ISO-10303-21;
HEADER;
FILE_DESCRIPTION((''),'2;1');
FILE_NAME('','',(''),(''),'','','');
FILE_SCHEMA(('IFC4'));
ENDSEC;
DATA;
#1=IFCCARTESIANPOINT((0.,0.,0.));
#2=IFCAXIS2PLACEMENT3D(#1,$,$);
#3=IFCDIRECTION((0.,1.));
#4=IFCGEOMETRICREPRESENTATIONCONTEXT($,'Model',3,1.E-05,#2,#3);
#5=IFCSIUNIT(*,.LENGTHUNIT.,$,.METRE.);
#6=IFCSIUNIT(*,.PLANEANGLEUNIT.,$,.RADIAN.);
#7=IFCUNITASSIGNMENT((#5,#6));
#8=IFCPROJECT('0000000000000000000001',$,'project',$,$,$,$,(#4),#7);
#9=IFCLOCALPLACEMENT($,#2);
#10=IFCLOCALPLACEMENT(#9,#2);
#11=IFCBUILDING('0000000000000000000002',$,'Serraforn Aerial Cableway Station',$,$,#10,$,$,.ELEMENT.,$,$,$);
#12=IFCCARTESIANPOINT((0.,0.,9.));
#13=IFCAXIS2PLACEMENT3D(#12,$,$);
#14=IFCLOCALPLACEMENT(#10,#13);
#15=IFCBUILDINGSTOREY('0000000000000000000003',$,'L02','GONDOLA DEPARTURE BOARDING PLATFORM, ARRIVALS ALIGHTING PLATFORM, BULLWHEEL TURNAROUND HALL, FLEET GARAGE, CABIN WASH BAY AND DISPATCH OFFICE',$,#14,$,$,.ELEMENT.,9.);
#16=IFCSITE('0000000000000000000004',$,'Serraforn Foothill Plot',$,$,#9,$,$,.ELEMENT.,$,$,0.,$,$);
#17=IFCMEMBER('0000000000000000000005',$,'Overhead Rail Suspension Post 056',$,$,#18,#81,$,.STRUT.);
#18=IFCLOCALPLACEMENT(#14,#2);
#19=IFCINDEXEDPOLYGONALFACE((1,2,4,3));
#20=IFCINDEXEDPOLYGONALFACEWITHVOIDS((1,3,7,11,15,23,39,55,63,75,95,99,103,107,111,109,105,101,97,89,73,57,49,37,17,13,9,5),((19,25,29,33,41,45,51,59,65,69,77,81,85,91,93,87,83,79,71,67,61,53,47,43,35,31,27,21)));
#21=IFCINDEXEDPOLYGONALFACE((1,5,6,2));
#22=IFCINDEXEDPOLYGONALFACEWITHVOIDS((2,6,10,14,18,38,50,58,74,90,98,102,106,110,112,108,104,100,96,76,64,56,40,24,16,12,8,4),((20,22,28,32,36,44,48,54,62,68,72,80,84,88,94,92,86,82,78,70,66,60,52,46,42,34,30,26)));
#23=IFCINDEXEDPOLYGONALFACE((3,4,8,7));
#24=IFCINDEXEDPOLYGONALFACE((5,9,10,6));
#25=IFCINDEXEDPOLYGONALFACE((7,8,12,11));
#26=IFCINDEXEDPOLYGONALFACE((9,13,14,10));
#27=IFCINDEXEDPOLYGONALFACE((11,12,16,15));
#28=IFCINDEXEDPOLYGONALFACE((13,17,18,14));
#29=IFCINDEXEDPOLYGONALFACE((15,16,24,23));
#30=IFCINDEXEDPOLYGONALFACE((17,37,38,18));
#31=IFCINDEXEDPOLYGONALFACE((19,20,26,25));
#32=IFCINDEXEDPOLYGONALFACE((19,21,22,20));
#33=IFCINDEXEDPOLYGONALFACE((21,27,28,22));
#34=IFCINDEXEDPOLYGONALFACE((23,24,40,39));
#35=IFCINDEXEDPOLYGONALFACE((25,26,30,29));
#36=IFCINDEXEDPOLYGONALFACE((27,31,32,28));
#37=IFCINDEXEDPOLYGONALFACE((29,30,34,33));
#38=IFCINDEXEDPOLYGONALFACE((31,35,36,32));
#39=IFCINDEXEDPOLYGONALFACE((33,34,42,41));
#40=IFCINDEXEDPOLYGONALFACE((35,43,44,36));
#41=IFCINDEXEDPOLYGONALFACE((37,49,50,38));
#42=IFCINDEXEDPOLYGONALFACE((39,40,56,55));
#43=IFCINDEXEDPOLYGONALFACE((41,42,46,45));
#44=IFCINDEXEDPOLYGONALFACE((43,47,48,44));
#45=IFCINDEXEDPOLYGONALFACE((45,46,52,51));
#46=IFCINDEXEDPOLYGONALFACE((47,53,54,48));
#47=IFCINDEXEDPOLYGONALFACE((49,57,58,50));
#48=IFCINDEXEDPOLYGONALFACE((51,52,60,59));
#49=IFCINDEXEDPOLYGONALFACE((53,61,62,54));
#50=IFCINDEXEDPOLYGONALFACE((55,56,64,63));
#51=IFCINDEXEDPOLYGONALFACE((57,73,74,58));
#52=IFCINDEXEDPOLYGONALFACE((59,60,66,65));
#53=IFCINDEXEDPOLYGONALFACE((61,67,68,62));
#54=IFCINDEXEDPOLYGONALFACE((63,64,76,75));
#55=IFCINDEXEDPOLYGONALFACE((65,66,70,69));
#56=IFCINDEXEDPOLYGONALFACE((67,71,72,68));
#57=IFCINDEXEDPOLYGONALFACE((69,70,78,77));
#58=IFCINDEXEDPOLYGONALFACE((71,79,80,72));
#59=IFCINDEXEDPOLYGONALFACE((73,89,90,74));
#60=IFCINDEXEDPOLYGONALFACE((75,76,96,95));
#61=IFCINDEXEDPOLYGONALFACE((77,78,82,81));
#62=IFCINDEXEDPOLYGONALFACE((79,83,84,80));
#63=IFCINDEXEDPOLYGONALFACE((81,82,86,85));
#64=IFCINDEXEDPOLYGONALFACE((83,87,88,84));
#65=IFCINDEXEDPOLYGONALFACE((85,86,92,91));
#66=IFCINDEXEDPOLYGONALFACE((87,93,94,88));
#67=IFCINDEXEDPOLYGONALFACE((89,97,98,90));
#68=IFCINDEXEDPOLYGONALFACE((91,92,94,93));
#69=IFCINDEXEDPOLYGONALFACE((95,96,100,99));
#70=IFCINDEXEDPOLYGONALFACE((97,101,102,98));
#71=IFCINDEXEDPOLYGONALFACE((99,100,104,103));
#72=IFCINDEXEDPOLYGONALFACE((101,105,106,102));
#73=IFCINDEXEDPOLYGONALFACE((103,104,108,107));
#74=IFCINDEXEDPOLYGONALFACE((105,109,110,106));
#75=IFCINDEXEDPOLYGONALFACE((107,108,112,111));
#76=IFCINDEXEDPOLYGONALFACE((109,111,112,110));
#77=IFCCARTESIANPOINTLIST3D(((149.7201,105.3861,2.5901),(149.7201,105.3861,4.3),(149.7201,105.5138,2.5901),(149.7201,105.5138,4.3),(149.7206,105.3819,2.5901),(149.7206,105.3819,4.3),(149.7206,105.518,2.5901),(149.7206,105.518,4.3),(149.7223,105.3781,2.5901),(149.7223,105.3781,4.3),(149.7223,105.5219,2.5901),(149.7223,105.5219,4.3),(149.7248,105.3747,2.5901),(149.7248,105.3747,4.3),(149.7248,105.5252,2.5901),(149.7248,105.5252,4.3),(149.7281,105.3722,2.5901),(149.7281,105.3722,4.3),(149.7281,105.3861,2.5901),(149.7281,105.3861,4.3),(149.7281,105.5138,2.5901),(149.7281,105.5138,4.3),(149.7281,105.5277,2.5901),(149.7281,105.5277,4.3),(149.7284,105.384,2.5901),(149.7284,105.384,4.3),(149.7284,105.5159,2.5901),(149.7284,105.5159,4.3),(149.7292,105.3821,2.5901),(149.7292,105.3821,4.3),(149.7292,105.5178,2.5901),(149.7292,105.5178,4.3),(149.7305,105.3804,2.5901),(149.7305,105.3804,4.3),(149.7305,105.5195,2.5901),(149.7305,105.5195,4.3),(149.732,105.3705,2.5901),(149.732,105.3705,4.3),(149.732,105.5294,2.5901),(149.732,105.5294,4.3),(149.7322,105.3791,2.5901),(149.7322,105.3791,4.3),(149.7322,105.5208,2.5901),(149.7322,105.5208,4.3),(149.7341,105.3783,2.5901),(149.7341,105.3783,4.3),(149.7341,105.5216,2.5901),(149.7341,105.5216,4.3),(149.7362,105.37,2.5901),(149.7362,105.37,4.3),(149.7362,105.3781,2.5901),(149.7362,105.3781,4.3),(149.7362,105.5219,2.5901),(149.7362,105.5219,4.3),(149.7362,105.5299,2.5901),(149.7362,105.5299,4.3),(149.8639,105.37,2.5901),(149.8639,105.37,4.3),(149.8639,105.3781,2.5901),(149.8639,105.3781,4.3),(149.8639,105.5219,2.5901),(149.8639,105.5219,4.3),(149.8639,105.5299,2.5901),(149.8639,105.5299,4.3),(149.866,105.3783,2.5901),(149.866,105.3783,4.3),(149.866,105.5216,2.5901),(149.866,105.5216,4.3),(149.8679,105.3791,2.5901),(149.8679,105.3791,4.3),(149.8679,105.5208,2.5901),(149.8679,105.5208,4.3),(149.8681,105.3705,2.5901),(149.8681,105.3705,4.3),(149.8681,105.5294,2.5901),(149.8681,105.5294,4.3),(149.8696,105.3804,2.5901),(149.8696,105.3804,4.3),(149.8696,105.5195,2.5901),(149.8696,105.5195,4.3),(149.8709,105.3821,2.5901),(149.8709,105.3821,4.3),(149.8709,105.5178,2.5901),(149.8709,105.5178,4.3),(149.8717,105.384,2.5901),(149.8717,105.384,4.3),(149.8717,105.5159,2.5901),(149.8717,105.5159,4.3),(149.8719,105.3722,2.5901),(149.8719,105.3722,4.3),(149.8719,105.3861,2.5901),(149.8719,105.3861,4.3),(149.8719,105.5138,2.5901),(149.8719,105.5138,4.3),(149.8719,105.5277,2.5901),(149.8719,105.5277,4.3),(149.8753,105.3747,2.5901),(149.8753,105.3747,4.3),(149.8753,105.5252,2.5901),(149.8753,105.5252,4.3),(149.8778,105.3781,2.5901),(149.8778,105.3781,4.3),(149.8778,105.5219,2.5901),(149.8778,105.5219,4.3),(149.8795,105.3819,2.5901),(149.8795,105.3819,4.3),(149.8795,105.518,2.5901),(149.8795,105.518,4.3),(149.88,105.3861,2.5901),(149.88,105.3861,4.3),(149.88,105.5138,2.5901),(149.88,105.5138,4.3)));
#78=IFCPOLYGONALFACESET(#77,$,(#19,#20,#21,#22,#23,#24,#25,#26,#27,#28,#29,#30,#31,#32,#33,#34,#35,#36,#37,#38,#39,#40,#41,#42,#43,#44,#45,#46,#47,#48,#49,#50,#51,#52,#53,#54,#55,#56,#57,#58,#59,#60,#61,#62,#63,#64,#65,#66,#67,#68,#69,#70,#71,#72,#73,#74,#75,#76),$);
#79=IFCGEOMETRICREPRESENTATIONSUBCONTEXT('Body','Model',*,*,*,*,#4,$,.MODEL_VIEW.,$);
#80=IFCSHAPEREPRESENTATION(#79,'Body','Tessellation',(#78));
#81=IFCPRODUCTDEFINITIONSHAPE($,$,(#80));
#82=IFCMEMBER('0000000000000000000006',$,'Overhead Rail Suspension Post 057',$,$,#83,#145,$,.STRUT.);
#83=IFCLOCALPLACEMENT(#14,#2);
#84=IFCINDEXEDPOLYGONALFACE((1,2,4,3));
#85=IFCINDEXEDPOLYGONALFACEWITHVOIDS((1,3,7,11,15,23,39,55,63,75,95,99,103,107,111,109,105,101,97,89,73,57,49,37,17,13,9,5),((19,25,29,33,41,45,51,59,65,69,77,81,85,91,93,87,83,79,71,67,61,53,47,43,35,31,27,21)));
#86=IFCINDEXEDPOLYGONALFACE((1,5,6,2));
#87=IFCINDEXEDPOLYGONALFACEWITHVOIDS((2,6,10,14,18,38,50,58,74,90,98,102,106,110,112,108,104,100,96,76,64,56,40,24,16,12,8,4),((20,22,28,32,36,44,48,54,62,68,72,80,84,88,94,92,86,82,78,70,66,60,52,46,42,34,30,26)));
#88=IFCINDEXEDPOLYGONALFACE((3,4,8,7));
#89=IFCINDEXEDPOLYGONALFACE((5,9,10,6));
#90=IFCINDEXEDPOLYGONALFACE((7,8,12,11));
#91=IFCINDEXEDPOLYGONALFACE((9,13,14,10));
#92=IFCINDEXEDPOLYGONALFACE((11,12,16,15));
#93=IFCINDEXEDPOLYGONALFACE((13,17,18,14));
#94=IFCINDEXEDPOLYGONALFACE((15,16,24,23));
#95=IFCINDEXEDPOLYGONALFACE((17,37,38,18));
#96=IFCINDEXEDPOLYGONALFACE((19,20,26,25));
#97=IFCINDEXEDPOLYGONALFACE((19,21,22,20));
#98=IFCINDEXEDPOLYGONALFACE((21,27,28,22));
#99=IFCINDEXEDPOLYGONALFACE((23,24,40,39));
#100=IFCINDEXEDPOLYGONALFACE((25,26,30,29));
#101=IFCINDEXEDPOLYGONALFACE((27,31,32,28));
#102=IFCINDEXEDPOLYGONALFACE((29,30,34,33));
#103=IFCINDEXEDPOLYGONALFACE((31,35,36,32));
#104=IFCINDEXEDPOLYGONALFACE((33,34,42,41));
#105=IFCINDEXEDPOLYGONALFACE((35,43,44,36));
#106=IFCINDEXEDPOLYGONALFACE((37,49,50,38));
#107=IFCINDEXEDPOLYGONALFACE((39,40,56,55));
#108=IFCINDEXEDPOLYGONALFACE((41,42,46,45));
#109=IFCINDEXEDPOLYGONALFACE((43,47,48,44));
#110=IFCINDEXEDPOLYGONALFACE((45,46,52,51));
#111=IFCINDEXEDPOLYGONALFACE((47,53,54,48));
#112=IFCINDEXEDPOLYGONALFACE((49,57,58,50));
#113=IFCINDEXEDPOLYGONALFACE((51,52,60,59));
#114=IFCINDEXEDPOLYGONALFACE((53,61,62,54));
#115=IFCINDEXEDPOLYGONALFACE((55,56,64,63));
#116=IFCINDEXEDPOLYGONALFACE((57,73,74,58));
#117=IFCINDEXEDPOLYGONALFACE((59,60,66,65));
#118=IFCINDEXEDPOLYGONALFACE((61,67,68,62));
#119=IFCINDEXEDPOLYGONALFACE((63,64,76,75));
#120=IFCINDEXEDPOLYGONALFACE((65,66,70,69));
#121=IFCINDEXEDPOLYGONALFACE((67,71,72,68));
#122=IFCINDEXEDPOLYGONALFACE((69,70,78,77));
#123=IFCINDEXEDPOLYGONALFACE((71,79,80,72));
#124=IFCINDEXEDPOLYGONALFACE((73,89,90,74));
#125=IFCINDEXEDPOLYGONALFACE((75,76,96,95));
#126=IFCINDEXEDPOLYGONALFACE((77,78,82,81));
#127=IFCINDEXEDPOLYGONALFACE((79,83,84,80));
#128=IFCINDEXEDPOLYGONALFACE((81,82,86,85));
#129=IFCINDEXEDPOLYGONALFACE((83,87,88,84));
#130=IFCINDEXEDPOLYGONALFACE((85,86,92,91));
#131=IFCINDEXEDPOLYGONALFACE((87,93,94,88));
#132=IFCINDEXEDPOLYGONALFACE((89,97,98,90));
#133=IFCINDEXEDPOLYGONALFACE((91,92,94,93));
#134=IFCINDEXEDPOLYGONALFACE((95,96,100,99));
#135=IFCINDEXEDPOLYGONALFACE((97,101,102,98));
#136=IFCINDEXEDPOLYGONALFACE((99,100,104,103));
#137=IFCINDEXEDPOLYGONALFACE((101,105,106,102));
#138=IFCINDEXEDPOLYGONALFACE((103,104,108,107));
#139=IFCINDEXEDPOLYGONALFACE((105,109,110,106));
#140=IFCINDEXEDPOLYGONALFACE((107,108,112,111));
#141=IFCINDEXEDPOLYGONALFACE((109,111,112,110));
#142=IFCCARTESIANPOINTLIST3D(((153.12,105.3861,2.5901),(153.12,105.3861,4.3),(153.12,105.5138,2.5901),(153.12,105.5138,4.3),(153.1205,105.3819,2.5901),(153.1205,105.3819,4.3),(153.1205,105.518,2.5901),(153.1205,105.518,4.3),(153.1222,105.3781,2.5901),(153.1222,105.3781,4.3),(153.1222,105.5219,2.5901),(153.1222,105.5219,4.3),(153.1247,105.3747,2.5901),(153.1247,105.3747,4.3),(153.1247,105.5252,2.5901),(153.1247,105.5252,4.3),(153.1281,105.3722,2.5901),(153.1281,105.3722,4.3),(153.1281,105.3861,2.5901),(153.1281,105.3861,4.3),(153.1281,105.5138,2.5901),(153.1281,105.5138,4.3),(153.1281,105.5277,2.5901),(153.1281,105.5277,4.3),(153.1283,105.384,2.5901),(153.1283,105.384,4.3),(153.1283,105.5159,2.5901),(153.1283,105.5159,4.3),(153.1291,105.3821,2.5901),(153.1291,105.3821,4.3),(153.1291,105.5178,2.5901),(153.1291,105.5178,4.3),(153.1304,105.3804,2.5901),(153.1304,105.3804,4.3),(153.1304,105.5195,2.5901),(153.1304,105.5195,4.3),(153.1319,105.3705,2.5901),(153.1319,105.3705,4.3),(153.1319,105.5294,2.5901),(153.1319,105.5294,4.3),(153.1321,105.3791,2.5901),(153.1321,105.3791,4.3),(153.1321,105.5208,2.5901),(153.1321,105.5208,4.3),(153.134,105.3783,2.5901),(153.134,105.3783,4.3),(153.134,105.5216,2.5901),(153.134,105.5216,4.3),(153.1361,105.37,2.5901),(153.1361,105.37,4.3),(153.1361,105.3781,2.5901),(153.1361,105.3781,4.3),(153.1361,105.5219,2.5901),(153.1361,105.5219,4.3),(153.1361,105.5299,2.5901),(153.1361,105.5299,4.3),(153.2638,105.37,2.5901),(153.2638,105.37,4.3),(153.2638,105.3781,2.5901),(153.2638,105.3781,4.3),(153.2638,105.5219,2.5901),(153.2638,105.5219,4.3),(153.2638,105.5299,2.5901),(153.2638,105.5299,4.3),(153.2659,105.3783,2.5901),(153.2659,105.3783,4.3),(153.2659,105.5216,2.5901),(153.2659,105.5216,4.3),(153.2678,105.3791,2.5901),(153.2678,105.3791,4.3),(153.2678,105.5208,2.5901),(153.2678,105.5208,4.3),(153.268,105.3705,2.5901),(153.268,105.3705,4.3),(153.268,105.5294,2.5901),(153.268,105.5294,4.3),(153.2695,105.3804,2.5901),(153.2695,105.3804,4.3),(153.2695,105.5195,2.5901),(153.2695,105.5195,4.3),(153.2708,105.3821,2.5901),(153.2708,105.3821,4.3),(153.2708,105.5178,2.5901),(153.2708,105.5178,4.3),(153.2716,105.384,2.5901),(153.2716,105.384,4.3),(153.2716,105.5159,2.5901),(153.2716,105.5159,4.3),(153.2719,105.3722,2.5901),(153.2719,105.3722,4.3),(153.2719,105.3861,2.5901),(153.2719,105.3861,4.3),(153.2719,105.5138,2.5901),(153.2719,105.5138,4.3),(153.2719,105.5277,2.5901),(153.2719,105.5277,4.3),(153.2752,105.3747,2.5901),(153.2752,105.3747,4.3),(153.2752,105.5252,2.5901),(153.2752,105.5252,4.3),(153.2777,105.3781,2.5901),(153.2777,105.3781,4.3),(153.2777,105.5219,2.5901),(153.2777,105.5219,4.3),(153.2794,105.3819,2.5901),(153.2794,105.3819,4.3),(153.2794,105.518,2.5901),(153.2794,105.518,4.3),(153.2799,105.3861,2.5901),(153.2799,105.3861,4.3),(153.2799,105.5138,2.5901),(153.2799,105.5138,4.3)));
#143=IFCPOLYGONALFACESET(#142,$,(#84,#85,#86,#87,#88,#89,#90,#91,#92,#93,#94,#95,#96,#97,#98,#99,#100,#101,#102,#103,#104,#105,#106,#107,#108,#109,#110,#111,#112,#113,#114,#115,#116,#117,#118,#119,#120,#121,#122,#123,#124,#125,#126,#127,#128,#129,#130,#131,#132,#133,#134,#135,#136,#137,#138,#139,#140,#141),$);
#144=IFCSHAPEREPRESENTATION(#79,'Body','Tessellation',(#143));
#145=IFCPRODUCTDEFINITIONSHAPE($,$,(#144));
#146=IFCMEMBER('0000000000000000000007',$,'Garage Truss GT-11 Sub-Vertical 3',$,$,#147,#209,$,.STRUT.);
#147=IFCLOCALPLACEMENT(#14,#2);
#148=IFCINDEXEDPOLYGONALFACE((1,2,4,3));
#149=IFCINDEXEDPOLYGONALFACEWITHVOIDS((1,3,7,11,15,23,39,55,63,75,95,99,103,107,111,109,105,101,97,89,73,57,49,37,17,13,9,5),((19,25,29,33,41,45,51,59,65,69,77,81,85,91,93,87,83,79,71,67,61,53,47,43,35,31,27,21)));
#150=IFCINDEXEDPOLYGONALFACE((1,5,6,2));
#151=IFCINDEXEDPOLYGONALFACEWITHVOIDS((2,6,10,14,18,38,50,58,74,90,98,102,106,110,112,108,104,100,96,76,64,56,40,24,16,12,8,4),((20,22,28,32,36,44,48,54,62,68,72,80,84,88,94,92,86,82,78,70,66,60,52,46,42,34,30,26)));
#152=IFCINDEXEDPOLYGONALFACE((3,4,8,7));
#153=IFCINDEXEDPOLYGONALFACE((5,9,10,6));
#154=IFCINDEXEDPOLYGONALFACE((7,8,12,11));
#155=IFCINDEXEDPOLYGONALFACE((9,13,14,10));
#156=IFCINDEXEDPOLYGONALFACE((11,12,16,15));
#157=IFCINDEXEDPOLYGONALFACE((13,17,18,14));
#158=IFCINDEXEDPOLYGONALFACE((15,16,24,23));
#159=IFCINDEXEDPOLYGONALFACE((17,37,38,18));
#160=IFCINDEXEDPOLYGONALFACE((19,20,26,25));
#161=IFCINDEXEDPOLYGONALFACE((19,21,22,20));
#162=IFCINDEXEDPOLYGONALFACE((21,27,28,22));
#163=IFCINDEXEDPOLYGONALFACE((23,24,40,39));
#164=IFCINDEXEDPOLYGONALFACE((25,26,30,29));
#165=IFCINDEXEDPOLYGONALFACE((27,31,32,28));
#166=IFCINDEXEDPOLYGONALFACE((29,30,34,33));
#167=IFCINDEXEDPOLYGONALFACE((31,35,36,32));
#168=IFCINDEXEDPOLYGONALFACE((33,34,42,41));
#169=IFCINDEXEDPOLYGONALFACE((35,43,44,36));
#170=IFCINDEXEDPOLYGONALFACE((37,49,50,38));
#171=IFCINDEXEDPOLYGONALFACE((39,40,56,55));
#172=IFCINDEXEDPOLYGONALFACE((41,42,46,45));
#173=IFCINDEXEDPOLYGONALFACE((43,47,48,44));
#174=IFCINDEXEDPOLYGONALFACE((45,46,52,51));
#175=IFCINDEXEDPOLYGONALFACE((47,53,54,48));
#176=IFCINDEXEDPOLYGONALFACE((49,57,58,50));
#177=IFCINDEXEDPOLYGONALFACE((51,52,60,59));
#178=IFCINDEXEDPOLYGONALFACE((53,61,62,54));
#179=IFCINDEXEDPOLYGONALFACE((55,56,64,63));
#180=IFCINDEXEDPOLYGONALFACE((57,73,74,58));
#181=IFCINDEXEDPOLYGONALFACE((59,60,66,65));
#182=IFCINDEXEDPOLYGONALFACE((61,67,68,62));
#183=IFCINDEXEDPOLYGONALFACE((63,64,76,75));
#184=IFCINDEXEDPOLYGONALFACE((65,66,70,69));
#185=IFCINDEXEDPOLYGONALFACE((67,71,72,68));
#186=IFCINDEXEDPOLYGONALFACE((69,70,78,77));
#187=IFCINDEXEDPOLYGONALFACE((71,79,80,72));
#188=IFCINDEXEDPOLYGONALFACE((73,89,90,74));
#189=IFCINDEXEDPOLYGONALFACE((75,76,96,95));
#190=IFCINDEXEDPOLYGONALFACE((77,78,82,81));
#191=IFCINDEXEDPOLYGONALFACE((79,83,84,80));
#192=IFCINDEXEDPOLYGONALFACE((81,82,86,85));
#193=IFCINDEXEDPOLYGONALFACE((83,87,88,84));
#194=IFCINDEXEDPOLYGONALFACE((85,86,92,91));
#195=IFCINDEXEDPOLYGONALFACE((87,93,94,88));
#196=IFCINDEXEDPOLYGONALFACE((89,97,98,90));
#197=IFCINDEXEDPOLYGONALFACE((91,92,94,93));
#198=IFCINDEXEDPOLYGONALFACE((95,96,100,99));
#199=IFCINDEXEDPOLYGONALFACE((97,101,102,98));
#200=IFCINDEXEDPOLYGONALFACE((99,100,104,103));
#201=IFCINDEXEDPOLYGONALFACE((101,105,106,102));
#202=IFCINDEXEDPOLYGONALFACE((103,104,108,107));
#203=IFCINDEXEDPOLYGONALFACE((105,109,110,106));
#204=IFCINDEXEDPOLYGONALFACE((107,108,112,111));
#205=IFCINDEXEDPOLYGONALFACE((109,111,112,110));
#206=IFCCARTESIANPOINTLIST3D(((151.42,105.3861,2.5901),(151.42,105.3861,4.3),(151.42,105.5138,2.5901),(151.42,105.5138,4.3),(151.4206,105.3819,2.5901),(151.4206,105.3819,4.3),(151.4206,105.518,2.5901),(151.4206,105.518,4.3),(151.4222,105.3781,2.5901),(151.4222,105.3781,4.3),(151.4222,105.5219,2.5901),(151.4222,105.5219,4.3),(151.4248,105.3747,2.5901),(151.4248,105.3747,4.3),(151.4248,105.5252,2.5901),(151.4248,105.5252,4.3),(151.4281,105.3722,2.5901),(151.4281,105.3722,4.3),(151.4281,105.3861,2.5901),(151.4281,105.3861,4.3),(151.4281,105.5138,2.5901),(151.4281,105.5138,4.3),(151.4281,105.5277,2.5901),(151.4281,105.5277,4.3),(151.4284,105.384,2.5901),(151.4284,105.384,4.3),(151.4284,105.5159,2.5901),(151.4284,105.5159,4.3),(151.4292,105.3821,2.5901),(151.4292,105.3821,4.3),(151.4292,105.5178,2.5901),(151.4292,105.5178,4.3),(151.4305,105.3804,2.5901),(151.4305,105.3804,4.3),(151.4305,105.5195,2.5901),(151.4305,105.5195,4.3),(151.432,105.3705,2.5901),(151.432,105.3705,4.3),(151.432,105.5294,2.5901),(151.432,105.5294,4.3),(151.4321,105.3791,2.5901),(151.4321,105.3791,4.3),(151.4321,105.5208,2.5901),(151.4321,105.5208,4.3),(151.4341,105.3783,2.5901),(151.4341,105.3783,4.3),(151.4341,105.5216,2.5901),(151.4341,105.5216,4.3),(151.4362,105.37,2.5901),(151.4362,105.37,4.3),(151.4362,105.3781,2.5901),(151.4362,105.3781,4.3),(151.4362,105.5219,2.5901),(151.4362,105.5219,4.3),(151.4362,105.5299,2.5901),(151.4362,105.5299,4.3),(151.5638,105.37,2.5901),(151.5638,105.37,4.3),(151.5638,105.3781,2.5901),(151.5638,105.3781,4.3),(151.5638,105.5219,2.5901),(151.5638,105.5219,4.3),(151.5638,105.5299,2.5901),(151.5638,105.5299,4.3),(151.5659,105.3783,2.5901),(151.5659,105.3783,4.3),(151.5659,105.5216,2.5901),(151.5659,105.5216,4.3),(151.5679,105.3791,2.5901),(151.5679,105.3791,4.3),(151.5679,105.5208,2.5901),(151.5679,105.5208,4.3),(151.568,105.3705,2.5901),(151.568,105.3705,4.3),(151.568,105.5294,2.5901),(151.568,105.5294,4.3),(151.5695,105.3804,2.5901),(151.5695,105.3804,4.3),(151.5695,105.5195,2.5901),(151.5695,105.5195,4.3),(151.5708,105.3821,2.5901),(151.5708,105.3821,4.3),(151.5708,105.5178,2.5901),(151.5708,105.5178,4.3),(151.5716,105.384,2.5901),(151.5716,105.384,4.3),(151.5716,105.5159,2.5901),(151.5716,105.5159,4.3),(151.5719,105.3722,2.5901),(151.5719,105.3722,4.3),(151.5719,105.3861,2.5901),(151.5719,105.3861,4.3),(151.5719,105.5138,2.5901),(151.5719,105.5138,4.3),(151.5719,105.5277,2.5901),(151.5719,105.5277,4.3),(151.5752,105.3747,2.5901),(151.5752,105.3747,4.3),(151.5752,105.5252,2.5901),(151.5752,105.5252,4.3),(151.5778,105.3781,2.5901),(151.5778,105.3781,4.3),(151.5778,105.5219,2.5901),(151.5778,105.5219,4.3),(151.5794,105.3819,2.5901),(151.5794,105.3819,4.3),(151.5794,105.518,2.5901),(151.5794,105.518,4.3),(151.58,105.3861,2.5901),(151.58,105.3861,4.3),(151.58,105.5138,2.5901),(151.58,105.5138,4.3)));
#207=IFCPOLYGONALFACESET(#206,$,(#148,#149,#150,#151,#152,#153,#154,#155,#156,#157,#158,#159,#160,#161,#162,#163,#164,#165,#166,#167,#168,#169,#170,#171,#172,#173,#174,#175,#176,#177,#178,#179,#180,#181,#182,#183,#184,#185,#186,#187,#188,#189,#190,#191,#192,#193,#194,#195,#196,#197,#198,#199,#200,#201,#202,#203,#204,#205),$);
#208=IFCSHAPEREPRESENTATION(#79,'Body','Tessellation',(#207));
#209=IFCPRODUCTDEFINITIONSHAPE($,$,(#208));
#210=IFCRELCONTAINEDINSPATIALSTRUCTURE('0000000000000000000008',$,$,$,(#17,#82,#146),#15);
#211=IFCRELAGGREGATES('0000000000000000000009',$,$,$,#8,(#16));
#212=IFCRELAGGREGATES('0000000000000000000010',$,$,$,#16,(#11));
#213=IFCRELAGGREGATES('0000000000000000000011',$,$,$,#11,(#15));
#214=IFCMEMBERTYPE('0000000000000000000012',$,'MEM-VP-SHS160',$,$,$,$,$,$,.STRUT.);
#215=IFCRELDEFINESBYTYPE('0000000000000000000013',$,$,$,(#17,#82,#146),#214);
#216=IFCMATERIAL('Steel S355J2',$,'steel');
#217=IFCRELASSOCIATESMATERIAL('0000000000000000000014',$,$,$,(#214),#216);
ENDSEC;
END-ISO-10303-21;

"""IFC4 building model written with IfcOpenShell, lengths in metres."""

from ifc_helpers import new_model, si_unit, direction, frame, origin, origin_2d, place, context, subcontext, project, spatial, hollow_rectangle, extrude, material, material_profile, profile_set, type_object, element, save


model = new_model("IFC4")

# Units and contexts
model_context = context("Model", 3, precision=1e-05, world=origin(), true_north=direction((0.0, 1.0)))
body_context = subcontext(model_context, "Body", "Model", "MODEL_VIEW")
ifc_project = project(units=[si_unit("LENGTHUNIT", "METRE"), si_unit("PLANEANGLEUNIT", "RADIAN")], contexts=[model_context])

# Site, building, storey
site_placement = place(None, origin())
site = spatial("IfcSite", under=ifc_project, at=site_placement, Name="Serraforn Foothill Plot", CompositionType="ELEMENT", RefElevation=0.0)
building_placement = place(site_placement, origin())
building = spatial("IfcBuilding", under=site, at=building_placement, Name="Serraforn Aerial Cableway Station", CompositionType="ELEMENT")
storey_placement = place(building_placement, frame((0.0, 0.0, 9.0)))
storey = spatial("IfcBuildingStorey", under=building, at=storey_placement, Name="L02", Description="GONDOLA DEPARTURE BOARDING PLATFORM, ARRIVALS ALIGHTING PLATFORM, BULLWHEEL TURNAROUND HALL, FLEET GARAGE, CABIN WASH BAY AND DISPATCH OFFICE", CompositionType="ELEMENT", Elevation=9.0)

# Shared definitions
ifc_material_1 = material(Name="Steel S355J2", Category="steel")

# Members
ifc_material_profile_1 = material_profile(ifc_material_1, hollow_rectangle(XDim=0.1599, YDim=0.1599, WallThickness=0.0081, InnerFilletRadius=0.0081, OuterFilletRadius=0.0161, at=origin_2d()), Name="SHS 160x160x8.0")
ifc_profile_set_1 = profile_set([ifc_material_profile_1], Name="Steel S355J2")
member_type_1 = type_object("IfcMemberType", Name="MEM-VP-SHS160", PredefinedType="STRUT", material=ifc_profile_set_1)
for number, where, z_axis, x_axis, name in (
    (1, (149.8, 105.45, 2.5901), (0.0, 0.0, 1.0), (1.0, 0.0, 0.0), "Overhead Rail Suspension Post 056"),
    (2, (153.2, 105.45, 2.5901), (0.0, 0.0, 1.0), (1.0, 0.0, 0.0), "Overhead Rail Suspension Post 057"),
    (3, (151.5, 105.45, 2.5901), (0.0, 0.0, 1.0), (1.0, 0.0, 0.0), "Garage Truss GT-11 Sub-Vertical 3"),
):
    element("IfcMember", number, at=place(storey_placement, frame(where, z_axis=z_axis, x_axis=x_axis)), inside=storey, type_object=member_type_1, Name=name, PredefinedType="STRUT", context=body_context, shape_type="SweptSolid", body=[
        extrude(hollow_rectangle(XDim=0.1599, YDim=0.1599, WallThickness=0.0081, InnerFilletRadius=0.0081, OuterFilletRadius=0.0161, at=origin_2d()), origin(), (0.0, 0.0, 1.0), 1.71),
    ])

save(model, "model.ifc")
